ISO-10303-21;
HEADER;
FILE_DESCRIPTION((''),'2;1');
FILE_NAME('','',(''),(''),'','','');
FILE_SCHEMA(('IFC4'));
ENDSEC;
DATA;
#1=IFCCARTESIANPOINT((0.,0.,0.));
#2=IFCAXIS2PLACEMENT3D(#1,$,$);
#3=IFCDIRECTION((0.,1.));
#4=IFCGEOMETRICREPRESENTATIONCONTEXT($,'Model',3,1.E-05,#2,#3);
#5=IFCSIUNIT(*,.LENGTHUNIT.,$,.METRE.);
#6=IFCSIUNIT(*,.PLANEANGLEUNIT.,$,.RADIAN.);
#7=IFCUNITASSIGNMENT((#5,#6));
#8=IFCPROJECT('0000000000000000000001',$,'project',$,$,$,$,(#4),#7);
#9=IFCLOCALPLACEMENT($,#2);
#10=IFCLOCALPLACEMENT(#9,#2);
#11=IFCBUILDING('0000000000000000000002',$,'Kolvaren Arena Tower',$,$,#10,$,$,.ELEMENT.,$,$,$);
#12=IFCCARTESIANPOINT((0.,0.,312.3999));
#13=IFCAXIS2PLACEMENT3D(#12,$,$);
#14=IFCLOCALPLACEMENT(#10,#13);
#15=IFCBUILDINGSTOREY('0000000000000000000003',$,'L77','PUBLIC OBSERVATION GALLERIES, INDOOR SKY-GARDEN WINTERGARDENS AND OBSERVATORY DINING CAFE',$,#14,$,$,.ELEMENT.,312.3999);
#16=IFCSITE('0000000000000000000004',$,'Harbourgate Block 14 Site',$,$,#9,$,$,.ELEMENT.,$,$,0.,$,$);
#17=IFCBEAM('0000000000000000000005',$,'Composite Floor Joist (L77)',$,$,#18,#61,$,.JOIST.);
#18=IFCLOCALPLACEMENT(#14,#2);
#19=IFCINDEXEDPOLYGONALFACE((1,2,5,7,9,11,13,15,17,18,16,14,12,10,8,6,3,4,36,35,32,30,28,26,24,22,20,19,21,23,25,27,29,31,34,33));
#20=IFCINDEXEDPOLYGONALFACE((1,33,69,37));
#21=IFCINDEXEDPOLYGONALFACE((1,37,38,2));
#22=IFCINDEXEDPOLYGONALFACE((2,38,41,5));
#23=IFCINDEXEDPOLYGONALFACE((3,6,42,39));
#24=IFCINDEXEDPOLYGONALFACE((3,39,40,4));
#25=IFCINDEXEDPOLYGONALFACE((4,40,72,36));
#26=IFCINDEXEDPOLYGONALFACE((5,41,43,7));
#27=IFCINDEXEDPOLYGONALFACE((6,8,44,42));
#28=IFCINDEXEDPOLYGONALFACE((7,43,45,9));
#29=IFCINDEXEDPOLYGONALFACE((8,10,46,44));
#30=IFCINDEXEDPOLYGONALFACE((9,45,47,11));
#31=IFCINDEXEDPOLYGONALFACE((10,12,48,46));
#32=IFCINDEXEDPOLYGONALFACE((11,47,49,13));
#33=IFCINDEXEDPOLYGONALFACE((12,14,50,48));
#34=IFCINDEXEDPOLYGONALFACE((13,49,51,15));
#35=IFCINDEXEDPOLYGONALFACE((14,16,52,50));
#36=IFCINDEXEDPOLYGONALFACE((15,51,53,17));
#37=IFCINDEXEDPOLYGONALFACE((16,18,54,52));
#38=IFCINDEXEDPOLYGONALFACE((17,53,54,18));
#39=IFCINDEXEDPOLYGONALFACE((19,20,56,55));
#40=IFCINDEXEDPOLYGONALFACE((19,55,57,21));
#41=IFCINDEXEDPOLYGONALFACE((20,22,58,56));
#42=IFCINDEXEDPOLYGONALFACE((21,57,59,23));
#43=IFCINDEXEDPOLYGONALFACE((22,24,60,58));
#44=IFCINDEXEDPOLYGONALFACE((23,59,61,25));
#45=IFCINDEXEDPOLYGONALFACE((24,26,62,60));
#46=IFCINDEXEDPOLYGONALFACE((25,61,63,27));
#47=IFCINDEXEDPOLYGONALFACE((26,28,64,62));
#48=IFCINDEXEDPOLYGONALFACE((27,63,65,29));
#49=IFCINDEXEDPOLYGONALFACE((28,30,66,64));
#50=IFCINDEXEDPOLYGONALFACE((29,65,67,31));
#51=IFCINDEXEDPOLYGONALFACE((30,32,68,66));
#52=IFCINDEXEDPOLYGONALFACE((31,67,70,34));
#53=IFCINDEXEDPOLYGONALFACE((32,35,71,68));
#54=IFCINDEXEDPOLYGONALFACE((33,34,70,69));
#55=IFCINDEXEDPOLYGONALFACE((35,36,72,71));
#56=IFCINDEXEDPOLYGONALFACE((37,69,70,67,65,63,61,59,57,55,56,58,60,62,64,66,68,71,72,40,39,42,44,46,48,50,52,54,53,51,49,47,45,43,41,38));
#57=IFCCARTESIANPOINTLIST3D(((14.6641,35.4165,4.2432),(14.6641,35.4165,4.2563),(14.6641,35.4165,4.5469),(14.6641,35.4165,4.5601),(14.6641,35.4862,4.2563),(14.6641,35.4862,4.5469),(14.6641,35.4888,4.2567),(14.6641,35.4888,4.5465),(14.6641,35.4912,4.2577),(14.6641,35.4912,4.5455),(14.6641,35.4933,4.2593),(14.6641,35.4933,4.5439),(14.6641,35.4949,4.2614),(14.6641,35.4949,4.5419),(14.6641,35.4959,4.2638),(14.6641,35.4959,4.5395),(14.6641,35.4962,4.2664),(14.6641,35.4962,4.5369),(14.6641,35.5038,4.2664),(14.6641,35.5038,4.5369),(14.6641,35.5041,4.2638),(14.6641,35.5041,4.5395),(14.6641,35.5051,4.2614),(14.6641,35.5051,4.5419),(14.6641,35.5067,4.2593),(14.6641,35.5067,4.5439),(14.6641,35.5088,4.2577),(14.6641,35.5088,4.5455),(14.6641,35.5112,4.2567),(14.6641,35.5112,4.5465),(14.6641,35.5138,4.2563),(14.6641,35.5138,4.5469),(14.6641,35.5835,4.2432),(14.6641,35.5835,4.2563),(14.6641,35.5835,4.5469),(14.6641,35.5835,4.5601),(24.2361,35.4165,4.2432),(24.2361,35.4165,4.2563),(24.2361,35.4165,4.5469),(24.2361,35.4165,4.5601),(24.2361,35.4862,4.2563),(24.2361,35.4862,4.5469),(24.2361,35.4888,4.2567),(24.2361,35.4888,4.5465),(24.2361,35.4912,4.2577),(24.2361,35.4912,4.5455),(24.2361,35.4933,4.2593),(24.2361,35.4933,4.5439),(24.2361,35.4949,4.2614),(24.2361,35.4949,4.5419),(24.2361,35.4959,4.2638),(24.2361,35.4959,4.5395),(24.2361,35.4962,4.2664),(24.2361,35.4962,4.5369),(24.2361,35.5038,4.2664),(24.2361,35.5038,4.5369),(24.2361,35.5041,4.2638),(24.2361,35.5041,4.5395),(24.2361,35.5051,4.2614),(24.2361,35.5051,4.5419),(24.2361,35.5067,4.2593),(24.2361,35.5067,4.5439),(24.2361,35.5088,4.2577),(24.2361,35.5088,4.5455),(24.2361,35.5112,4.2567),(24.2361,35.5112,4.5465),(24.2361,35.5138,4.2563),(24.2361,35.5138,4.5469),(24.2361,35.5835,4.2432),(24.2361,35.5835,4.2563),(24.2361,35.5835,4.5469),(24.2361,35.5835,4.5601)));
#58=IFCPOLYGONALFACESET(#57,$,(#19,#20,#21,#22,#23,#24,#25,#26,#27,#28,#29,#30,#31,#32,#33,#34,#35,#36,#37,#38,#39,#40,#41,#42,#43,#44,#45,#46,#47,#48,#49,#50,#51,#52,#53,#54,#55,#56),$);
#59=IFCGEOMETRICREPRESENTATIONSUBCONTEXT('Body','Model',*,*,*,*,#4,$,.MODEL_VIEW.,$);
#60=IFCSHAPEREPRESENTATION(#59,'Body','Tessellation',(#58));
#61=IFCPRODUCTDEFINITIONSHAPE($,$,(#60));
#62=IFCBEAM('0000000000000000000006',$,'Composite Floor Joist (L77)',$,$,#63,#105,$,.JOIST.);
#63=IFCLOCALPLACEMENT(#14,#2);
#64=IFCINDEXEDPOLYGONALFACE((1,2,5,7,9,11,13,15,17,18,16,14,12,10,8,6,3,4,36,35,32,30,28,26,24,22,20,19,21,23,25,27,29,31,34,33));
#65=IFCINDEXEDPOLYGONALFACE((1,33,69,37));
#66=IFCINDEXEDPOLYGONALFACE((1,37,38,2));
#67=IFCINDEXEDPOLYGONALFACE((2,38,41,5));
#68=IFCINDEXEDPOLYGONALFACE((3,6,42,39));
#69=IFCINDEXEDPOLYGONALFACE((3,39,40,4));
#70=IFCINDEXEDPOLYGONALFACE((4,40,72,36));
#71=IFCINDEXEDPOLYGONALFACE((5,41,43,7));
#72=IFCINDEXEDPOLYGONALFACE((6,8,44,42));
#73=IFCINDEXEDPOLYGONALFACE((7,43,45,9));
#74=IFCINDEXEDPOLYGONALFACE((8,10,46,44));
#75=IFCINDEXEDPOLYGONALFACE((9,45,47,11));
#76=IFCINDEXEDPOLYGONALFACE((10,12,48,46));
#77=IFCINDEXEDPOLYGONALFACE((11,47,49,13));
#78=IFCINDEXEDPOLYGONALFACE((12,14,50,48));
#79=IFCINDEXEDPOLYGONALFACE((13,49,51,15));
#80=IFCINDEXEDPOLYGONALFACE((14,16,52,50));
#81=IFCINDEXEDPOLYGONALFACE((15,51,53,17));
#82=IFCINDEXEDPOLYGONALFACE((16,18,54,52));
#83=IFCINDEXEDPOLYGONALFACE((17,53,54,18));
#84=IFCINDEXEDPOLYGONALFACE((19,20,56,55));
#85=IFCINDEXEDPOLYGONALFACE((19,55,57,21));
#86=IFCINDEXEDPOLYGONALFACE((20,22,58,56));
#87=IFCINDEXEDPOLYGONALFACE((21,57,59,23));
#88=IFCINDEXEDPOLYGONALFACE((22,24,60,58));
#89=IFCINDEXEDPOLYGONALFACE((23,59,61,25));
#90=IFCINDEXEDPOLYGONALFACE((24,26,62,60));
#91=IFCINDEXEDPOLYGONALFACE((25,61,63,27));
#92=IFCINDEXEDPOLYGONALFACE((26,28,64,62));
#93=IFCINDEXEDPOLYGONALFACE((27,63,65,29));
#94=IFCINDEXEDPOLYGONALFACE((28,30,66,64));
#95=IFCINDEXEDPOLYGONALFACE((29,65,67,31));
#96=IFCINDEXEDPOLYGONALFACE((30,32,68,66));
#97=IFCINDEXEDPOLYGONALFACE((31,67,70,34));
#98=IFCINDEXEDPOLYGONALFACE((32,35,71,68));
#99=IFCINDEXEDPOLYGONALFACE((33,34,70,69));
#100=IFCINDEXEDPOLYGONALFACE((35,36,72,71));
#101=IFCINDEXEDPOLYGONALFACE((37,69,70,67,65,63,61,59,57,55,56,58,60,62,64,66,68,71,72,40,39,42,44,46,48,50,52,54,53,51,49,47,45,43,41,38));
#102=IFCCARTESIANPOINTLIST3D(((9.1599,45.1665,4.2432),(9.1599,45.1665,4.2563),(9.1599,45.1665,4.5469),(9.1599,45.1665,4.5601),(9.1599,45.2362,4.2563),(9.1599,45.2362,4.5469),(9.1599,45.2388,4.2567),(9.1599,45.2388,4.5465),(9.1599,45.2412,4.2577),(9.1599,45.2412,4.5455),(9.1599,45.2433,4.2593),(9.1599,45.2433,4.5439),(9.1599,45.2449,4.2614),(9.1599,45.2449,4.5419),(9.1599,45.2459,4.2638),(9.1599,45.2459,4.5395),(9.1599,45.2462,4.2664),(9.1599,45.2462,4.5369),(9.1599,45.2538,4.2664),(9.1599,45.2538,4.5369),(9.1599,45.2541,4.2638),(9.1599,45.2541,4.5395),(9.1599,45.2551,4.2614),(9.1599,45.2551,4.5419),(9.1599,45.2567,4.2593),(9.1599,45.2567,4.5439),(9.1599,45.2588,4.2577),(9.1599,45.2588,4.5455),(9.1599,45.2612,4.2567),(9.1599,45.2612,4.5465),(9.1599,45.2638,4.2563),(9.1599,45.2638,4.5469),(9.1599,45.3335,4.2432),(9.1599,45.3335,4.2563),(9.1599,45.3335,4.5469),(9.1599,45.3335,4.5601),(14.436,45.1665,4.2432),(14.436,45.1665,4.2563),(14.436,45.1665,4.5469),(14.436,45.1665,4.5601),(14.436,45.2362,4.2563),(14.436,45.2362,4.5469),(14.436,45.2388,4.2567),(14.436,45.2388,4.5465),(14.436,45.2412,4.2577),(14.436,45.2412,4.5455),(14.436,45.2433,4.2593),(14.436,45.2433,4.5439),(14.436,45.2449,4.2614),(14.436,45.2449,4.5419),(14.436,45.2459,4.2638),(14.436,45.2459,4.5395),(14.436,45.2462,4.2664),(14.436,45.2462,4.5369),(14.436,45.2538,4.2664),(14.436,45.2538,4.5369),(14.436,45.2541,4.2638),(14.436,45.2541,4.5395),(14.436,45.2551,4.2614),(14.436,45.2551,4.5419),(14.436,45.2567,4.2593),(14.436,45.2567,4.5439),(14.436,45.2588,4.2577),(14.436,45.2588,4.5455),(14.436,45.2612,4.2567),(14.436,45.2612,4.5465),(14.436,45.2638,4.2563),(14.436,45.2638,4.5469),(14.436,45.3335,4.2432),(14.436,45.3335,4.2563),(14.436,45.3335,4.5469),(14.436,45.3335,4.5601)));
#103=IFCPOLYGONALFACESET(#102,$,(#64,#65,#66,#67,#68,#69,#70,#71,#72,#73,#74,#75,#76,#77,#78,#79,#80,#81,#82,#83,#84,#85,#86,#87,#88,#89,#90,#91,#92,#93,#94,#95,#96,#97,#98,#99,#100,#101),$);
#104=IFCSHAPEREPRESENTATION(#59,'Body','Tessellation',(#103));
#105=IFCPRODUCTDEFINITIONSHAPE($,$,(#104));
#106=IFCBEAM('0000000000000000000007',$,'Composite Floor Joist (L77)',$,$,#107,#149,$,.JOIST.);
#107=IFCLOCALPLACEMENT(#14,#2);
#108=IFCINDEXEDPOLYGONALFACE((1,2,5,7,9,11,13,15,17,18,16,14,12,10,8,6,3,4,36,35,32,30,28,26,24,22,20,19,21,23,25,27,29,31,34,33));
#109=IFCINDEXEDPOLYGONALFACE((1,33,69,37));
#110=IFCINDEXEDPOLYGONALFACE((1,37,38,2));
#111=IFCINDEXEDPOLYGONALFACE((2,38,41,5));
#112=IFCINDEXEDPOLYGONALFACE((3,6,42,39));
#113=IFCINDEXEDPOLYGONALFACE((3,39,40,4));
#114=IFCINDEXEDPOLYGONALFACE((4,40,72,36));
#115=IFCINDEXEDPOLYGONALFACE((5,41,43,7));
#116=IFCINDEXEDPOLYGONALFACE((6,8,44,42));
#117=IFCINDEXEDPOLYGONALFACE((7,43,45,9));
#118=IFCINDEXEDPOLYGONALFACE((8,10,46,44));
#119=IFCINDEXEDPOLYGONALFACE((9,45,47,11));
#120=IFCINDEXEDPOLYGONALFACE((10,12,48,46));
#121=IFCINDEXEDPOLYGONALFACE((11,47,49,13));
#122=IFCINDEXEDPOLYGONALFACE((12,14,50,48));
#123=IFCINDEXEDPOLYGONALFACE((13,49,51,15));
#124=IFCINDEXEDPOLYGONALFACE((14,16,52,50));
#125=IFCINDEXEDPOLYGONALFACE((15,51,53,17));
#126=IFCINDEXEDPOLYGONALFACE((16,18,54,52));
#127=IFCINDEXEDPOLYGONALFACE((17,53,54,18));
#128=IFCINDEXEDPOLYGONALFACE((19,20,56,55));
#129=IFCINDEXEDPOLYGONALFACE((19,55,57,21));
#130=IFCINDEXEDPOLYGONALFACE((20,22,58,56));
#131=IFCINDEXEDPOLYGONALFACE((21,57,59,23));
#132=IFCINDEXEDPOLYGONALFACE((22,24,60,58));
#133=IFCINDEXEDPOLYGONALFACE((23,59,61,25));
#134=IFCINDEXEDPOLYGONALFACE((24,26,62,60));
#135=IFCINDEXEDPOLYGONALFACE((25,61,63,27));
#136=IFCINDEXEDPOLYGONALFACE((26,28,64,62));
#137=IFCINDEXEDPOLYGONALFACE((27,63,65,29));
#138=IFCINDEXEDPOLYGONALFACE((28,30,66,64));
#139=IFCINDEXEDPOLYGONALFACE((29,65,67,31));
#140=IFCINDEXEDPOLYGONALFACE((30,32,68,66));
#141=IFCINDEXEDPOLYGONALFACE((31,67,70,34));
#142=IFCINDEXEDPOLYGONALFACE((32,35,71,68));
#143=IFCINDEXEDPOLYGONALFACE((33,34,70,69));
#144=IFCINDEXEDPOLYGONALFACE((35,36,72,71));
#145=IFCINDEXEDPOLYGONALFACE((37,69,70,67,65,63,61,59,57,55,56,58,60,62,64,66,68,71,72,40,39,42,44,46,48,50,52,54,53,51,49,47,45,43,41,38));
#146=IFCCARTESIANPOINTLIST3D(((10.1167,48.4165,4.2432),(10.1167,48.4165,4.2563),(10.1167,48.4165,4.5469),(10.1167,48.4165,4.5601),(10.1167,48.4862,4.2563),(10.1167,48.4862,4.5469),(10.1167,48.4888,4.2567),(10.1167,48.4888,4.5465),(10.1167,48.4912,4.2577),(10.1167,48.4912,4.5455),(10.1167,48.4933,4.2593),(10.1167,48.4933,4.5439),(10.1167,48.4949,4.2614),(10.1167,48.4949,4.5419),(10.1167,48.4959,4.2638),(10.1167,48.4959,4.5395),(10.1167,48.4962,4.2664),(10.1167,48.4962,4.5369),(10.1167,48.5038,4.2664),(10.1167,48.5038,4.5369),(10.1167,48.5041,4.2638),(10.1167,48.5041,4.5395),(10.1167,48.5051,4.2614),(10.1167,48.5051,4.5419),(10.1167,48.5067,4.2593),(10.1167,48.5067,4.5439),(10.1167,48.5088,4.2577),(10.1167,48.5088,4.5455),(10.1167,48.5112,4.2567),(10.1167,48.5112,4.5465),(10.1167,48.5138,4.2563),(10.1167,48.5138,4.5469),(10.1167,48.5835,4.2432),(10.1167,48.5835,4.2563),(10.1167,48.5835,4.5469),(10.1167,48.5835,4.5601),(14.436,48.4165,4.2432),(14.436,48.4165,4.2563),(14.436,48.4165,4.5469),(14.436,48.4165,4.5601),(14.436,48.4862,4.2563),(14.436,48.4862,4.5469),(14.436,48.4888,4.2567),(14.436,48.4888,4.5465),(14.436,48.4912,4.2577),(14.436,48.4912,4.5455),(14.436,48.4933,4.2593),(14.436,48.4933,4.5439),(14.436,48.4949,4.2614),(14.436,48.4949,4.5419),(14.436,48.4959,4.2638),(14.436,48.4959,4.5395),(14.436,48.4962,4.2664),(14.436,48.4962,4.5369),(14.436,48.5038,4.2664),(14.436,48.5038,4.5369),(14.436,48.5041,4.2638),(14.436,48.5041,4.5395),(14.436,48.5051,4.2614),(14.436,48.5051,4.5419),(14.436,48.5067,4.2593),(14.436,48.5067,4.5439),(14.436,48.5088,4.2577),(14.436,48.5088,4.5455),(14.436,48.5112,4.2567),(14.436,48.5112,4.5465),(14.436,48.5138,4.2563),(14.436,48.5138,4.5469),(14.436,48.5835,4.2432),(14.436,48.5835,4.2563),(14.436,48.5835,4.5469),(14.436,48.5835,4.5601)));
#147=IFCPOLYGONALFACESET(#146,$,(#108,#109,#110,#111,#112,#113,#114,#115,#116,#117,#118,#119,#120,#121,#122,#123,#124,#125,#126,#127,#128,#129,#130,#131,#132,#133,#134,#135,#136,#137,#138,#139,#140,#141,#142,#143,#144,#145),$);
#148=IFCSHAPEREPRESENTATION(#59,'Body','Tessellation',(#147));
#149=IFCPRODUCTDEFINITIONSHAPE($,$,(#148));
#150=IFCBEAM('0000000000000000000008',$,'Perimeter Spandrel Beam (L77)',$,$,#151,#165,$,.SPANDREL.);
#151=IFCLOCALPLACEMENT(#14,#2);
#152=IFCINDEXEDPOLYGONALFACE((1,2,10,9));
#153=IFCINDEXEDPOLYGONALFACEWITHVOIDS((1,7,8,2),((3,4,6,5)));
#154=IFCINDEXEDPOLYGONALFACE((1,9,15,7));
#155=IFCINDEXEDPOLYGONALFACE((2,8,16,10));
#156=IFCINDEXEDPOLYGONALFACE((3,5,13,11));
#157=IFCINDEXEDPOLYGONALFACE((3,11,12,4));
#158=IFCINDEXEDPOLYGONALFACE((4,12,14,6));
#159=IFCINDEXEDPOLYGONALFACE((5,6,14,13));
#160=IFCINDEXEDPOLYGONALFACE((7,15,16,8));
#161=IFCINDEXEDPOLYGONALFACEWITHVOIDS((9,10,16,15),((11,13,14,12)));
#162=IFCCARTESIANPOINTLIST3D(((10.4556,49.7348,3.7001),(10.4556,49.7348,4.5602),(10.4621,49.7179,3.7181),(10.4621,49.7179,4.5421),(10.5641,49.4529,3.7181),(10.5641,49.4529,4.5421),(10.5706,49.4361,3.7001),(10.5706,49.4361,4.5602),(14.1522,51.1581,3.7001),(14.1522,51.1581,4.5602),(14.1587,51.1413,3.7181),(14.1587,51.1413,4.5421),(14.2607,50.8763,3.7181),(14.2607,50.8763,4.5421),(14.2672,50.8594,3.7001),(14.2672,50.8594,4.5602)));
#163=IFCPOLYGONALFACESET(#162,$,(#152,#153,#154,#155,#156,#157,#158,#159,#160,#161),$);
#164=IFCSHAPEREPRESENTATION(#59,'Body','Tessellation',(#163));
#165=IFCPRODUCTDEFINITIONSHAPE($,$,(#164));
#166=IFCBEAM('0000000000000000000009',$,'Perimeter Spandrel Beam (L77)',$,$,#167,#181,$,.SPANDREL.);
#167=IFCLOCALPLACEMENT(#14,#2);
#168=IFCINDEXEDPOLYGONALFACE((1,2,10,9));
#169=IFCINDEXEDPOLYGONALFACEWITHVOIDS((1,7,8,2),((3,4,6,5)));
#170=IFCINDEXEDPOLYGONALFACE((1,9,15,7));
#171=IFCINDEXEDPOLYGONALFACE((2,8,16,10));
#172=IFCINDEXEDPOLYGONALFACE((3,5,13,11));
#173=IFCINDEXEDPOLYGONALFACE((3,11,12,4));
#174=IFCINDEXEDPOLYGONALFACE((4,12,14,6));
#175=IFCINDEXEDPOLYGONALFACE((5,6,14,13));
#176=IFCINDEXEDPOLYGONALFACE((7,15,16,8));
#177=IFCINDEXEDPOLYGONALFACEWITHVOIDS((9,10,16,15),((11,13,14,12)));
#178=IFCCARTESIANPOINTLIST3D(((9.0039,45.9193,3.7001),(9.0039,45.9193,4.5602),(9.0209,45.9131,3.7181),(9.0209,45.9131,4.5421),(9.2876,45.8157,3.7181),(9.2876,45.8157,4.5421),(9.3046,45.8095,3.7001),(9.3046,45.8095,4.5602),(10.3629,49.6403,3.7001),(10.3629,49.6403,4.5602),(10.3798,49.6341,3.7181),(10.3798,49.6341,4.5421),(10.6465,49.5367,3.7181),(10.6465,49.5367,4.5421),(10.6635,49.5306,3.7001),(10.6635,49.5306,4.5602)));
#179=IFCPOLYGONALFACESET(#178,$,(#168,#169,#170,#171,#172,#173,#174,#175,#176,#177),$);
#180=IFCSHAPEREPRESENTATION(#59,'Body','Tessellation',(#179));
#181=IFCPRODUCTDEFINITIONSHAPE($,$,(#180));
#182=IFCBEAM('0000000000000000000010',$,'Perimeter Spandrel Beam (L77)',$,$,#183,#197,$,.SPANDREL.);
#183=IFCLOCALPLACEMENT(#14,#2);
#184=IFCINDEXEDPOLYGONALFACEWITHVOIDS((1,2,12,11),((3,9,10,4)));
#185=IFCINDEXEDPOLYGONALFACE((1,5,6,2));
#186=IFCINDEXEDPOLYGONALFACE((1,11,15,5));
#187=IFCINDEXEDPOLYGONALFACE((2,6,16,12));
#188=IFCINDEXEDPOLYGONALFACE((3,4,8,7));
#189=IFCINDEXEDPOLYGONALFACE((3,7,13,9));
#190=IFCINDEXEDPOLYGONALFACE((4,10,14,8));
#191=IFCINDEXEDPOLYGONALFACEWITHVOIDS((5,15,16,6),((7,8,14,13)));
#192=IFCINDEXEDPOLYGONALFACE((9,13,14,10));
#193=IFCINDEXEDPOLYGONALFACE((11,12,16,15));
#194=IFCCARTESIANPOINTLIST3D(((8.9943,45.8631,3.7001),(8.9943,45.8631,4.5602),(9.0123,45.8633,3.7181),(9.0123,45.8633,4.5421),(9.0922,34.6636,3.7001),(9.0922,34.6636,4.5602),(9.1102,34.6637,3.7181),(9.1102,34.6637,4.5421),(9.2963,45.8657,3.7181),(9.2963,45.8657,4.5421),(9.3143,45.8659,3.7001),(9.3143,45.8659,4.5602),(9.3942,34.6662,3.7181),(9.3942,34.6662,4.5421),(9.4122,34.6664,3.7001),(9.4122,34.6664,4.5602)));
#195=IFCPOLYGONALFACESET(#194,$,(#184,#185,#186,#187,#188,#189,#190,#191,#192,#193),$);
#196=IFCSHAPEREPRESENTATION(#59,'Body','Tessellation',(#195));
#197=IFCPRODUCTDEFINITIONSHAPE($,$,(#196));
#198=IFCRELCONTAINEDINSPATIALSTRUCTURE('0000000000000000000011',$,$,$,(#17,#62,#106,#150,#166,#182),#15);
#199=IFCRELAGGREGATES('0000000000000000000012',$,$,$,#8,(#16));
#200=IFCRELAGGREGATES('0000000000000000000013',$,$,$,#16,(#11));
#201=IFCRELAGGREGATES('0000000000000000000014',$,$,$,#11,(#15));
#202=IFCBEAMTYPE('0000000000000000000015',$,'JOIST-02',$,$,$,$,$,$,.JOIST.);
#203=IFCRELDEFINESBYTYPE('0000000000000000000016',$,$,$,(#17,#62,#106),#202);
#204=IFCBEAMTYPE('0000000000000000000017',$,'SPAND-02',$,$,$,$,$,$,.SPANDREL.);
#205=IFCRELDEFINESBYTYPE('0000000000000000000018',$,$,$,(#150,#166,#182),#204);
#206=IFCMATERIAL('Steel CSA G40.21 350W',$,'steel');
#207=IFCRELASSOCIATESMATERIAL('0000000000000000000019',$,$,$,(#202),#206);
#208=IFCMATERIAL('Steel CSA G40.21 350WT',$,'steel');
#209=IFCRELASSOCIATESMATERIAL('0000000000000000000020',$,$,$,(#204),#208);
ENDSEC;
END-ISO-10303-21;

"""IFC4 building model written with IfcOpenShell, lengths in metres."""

from ifc_helpers import new_model, si_unit, direction, frame, origin, origin_2d, place, context, subcontext, project, spatial, hollow_rectangle, i_section, extrude, material, material_profile, profile_set, type_object, element, save


model = new_model("IFC4")

# Units and contexts
model_context = context("Model", 3, precision=1e-05, world=origin(), true_north=direction((0.0, 1.0)))
body_context = subcontext(model_context, "Body", "Model", "MODEL_VIEW")
ifc_project = project(units=[si_unit("LENGTHUNIT", "METRE"), si_unit("PLANEANGLEUNIT", "RADIAN")], contexts=[model_context])

# Site, building, storey
site_placement = place(None, origin())
site = spatial("IfcSite", under=ifc_project, at=site_placement, Name="Harbourgate Block 14 Site", CompositionType="ELEMENT", RefElevation=0.0)
building_placement = place(site_placement, origin())
building = spatial("IfcBuilding", under=site, at=building_placement, Name="Kolvaren Arena Tower", CompositionType="ELEMENT")
storey_placement = place(building_placement, frame((0.0, 0.0, 312.3999)))
storey = spatial("IfcBuildingStorey", under=building, at=storey_placement, Name="L77", Description="PUBLIC OBSERVATION GALLERIES, INDOOR SKY-GARDEN WINTERGARDENS AND OBSERVATORY DINING CAFE", CompositionType="ELEMENT", Elevation=312.3999)

# Beams
ifc_material_1 = material(Name="Steel CSA G40.21 350W", Category="steel")
ifc_material_profile_1 = material_profile(ifc_material_1, i_section(OverallWidth=0.167, OverallDepth=0.3169, WebThickness=0.0076, FlangeThickness=0.0132, FilletRadius=0.01, at=origin_2d()), Name="W310x52")
ifc_profile_set_1 = profile_set([ifc_material_profile_1], Name="Steel CSA G40.21 350W")
beam_type_1 = type_object("IfcBeamType", Name="JOIST-02", PredefinedType="JOIST", material=ifc_profile_set_1)
beam_1_placement = place(storey_placement, frame((14.6641, 35.5, 4.4016), z_axis=(1.0, 0.0, 0.0), x_axis=(0.0, 1.0, 0.0)))
element("IfcBeam", 1, at=beam_1_placement, inside=storey, type_object=beam_type_1, Name="Composite Floor Joist (L77)", PredefinedType="JOIST", context=body_context, shape_type="SweptSolid", body=[
    extrude(i_section(OverallWidth=0.167, OverallDepth=0.3169, WebThickness=0.0076, FlangeThickness=0.0132, FilletRadius=0.01, at=origin_2d()), origin(), (0.0, 0.0, 1.0), 9.572),
])
beam_2_placement = place(storey_placement, frame((9.1599, 45.25, 4.4016), z_axis=(1.0, 0.0, 0.0), x_axis=(0.0, 1.0, 0.0)))
element("IfcBeam", 2, at=beam_2_placement, inside=storey, type_object=beam_type_1, Name="Composite Floor Joist (L77)", PredefinedType="JOIST", context=body_context, shape_type="SweptSolid", body=[
    extrude(i_section(OverallWidth=0.167, OverallDepth=0.3169, WebThickness=0.0076, FlangeThickness=0.0132, FilletRadius=0.01, at=origin_2d()), origin(), (0.0, 0.0, 1.0), 5.2761),
])
beam_3_placement = place(storey_placement, frame((10.1167, 48.5, 4.4016), z_axis=(1.0, 0.0, 0.0), x_axis=(0.0, 1.0, 0.0)))
element("IfcBeam", 3, at=beam_3_placement, inside=storey, type_object=beam_type_1, Name="Composite Floor Joist (L77)", PredefinedType="JOIST", context=body_context, shape_type="SweptSolid", body=[
    extrude(i_section(OverallWidth=0.167, OverallDepth=0.3169, WebThickness=0.0076, FlangeThickness=0.0132, FilletRadius=0.01, at=origin_2d()), origin(), (0.0, 0.0, 1.0), 4.3193),
])
ifc_material_2 = material(Name="Steel CSA G40.21 350WT", Category="steel")
ifc_material_profile_2 = material_profile(ifc_material_2, hollow_rectangle(XDim=0.3201, YDim=0.8601, WallThickness=0.0181, at=origin_2d()), Name="HSS 860x320x18")
ifc_profile_set_2 = profile_set([ifc_material_profile_2], Name="Steel CSA G40.21 350WT")
beam_type_2 = type_object("IfcBeamType", Name="SPAND-02", PredefinedType="SPANDREL", material=ifc_profile_set_2)
beam_4_placement = place(storey_placement, frame((14.2097, 51.0088, 4.1301), z_axis=(-0.933211, -0.35933, 0.0), x_axis=(0.35933, -0.933211, 0.0)))
element("IfcBeam", 4, at=beam_4_placement, inside=storey, type_object=beam_type_2, Name="Perimeter Spandrel Beam (L77)", PredefinedType="SPANDREL", context=body_context, shape_type="SweptSolid", body=[
    extrude(hollow_rectangle(XDim=0.3201, YDim=0.8601, WallThickness=0.0181, at=origin_2d()), origin(), (0.0, 0.0, 1.0), 3.9612),
])
beam_5_placement = place(storey_placement, frame((10.5132, 49.5854, 4.1301), z_axis=(-0.343039, -0.939321, 0.0), x_axis=(0.939321, -0.343039, 0.0)))
element("IfcBeam", 5, at=beam_5_placement, inside=storey, type_object=beam_type_2, Name="Perimeter Spandrel Beam (L77)", PredefinedType="SPANDREL", context=body_context, shape_type="SweptSolid", body=[
    extrude(hollow_rectangle(XDim=0.3201, YDim=0.8601, WallThickness=0.0181, at=origin_2d()), origin(), (0.0, 0.0, 1.0), 3.9614),
])
for number, where, z_axis, x_axis, name in (
    (6, (9.1543, 45.8645, 4.1301), (0.008741, -0.999962, 0.0), (0.999962, 0.008741, 0.0), "Perimeter Spandrel Beam (L77)"),
):
    element("IfcBeam", number, at=place(storey_placement, frame(where, z_axis=z_axis, x_axis=x_axis)), inside=storey, type_object=beam_type_2, Name=name, PredefinedType="SPANDREL", context=body_context, shape_type="SweptSolid", body=[
        extrude(hollow_rectangle(XDim=0.3201, YDim=0.8601, WallThickness=0.0181, at=origin_2d()), origin(), (0.0, 0.0, 1.0), 11.2),
    ])

save(model, "model.ifc")
